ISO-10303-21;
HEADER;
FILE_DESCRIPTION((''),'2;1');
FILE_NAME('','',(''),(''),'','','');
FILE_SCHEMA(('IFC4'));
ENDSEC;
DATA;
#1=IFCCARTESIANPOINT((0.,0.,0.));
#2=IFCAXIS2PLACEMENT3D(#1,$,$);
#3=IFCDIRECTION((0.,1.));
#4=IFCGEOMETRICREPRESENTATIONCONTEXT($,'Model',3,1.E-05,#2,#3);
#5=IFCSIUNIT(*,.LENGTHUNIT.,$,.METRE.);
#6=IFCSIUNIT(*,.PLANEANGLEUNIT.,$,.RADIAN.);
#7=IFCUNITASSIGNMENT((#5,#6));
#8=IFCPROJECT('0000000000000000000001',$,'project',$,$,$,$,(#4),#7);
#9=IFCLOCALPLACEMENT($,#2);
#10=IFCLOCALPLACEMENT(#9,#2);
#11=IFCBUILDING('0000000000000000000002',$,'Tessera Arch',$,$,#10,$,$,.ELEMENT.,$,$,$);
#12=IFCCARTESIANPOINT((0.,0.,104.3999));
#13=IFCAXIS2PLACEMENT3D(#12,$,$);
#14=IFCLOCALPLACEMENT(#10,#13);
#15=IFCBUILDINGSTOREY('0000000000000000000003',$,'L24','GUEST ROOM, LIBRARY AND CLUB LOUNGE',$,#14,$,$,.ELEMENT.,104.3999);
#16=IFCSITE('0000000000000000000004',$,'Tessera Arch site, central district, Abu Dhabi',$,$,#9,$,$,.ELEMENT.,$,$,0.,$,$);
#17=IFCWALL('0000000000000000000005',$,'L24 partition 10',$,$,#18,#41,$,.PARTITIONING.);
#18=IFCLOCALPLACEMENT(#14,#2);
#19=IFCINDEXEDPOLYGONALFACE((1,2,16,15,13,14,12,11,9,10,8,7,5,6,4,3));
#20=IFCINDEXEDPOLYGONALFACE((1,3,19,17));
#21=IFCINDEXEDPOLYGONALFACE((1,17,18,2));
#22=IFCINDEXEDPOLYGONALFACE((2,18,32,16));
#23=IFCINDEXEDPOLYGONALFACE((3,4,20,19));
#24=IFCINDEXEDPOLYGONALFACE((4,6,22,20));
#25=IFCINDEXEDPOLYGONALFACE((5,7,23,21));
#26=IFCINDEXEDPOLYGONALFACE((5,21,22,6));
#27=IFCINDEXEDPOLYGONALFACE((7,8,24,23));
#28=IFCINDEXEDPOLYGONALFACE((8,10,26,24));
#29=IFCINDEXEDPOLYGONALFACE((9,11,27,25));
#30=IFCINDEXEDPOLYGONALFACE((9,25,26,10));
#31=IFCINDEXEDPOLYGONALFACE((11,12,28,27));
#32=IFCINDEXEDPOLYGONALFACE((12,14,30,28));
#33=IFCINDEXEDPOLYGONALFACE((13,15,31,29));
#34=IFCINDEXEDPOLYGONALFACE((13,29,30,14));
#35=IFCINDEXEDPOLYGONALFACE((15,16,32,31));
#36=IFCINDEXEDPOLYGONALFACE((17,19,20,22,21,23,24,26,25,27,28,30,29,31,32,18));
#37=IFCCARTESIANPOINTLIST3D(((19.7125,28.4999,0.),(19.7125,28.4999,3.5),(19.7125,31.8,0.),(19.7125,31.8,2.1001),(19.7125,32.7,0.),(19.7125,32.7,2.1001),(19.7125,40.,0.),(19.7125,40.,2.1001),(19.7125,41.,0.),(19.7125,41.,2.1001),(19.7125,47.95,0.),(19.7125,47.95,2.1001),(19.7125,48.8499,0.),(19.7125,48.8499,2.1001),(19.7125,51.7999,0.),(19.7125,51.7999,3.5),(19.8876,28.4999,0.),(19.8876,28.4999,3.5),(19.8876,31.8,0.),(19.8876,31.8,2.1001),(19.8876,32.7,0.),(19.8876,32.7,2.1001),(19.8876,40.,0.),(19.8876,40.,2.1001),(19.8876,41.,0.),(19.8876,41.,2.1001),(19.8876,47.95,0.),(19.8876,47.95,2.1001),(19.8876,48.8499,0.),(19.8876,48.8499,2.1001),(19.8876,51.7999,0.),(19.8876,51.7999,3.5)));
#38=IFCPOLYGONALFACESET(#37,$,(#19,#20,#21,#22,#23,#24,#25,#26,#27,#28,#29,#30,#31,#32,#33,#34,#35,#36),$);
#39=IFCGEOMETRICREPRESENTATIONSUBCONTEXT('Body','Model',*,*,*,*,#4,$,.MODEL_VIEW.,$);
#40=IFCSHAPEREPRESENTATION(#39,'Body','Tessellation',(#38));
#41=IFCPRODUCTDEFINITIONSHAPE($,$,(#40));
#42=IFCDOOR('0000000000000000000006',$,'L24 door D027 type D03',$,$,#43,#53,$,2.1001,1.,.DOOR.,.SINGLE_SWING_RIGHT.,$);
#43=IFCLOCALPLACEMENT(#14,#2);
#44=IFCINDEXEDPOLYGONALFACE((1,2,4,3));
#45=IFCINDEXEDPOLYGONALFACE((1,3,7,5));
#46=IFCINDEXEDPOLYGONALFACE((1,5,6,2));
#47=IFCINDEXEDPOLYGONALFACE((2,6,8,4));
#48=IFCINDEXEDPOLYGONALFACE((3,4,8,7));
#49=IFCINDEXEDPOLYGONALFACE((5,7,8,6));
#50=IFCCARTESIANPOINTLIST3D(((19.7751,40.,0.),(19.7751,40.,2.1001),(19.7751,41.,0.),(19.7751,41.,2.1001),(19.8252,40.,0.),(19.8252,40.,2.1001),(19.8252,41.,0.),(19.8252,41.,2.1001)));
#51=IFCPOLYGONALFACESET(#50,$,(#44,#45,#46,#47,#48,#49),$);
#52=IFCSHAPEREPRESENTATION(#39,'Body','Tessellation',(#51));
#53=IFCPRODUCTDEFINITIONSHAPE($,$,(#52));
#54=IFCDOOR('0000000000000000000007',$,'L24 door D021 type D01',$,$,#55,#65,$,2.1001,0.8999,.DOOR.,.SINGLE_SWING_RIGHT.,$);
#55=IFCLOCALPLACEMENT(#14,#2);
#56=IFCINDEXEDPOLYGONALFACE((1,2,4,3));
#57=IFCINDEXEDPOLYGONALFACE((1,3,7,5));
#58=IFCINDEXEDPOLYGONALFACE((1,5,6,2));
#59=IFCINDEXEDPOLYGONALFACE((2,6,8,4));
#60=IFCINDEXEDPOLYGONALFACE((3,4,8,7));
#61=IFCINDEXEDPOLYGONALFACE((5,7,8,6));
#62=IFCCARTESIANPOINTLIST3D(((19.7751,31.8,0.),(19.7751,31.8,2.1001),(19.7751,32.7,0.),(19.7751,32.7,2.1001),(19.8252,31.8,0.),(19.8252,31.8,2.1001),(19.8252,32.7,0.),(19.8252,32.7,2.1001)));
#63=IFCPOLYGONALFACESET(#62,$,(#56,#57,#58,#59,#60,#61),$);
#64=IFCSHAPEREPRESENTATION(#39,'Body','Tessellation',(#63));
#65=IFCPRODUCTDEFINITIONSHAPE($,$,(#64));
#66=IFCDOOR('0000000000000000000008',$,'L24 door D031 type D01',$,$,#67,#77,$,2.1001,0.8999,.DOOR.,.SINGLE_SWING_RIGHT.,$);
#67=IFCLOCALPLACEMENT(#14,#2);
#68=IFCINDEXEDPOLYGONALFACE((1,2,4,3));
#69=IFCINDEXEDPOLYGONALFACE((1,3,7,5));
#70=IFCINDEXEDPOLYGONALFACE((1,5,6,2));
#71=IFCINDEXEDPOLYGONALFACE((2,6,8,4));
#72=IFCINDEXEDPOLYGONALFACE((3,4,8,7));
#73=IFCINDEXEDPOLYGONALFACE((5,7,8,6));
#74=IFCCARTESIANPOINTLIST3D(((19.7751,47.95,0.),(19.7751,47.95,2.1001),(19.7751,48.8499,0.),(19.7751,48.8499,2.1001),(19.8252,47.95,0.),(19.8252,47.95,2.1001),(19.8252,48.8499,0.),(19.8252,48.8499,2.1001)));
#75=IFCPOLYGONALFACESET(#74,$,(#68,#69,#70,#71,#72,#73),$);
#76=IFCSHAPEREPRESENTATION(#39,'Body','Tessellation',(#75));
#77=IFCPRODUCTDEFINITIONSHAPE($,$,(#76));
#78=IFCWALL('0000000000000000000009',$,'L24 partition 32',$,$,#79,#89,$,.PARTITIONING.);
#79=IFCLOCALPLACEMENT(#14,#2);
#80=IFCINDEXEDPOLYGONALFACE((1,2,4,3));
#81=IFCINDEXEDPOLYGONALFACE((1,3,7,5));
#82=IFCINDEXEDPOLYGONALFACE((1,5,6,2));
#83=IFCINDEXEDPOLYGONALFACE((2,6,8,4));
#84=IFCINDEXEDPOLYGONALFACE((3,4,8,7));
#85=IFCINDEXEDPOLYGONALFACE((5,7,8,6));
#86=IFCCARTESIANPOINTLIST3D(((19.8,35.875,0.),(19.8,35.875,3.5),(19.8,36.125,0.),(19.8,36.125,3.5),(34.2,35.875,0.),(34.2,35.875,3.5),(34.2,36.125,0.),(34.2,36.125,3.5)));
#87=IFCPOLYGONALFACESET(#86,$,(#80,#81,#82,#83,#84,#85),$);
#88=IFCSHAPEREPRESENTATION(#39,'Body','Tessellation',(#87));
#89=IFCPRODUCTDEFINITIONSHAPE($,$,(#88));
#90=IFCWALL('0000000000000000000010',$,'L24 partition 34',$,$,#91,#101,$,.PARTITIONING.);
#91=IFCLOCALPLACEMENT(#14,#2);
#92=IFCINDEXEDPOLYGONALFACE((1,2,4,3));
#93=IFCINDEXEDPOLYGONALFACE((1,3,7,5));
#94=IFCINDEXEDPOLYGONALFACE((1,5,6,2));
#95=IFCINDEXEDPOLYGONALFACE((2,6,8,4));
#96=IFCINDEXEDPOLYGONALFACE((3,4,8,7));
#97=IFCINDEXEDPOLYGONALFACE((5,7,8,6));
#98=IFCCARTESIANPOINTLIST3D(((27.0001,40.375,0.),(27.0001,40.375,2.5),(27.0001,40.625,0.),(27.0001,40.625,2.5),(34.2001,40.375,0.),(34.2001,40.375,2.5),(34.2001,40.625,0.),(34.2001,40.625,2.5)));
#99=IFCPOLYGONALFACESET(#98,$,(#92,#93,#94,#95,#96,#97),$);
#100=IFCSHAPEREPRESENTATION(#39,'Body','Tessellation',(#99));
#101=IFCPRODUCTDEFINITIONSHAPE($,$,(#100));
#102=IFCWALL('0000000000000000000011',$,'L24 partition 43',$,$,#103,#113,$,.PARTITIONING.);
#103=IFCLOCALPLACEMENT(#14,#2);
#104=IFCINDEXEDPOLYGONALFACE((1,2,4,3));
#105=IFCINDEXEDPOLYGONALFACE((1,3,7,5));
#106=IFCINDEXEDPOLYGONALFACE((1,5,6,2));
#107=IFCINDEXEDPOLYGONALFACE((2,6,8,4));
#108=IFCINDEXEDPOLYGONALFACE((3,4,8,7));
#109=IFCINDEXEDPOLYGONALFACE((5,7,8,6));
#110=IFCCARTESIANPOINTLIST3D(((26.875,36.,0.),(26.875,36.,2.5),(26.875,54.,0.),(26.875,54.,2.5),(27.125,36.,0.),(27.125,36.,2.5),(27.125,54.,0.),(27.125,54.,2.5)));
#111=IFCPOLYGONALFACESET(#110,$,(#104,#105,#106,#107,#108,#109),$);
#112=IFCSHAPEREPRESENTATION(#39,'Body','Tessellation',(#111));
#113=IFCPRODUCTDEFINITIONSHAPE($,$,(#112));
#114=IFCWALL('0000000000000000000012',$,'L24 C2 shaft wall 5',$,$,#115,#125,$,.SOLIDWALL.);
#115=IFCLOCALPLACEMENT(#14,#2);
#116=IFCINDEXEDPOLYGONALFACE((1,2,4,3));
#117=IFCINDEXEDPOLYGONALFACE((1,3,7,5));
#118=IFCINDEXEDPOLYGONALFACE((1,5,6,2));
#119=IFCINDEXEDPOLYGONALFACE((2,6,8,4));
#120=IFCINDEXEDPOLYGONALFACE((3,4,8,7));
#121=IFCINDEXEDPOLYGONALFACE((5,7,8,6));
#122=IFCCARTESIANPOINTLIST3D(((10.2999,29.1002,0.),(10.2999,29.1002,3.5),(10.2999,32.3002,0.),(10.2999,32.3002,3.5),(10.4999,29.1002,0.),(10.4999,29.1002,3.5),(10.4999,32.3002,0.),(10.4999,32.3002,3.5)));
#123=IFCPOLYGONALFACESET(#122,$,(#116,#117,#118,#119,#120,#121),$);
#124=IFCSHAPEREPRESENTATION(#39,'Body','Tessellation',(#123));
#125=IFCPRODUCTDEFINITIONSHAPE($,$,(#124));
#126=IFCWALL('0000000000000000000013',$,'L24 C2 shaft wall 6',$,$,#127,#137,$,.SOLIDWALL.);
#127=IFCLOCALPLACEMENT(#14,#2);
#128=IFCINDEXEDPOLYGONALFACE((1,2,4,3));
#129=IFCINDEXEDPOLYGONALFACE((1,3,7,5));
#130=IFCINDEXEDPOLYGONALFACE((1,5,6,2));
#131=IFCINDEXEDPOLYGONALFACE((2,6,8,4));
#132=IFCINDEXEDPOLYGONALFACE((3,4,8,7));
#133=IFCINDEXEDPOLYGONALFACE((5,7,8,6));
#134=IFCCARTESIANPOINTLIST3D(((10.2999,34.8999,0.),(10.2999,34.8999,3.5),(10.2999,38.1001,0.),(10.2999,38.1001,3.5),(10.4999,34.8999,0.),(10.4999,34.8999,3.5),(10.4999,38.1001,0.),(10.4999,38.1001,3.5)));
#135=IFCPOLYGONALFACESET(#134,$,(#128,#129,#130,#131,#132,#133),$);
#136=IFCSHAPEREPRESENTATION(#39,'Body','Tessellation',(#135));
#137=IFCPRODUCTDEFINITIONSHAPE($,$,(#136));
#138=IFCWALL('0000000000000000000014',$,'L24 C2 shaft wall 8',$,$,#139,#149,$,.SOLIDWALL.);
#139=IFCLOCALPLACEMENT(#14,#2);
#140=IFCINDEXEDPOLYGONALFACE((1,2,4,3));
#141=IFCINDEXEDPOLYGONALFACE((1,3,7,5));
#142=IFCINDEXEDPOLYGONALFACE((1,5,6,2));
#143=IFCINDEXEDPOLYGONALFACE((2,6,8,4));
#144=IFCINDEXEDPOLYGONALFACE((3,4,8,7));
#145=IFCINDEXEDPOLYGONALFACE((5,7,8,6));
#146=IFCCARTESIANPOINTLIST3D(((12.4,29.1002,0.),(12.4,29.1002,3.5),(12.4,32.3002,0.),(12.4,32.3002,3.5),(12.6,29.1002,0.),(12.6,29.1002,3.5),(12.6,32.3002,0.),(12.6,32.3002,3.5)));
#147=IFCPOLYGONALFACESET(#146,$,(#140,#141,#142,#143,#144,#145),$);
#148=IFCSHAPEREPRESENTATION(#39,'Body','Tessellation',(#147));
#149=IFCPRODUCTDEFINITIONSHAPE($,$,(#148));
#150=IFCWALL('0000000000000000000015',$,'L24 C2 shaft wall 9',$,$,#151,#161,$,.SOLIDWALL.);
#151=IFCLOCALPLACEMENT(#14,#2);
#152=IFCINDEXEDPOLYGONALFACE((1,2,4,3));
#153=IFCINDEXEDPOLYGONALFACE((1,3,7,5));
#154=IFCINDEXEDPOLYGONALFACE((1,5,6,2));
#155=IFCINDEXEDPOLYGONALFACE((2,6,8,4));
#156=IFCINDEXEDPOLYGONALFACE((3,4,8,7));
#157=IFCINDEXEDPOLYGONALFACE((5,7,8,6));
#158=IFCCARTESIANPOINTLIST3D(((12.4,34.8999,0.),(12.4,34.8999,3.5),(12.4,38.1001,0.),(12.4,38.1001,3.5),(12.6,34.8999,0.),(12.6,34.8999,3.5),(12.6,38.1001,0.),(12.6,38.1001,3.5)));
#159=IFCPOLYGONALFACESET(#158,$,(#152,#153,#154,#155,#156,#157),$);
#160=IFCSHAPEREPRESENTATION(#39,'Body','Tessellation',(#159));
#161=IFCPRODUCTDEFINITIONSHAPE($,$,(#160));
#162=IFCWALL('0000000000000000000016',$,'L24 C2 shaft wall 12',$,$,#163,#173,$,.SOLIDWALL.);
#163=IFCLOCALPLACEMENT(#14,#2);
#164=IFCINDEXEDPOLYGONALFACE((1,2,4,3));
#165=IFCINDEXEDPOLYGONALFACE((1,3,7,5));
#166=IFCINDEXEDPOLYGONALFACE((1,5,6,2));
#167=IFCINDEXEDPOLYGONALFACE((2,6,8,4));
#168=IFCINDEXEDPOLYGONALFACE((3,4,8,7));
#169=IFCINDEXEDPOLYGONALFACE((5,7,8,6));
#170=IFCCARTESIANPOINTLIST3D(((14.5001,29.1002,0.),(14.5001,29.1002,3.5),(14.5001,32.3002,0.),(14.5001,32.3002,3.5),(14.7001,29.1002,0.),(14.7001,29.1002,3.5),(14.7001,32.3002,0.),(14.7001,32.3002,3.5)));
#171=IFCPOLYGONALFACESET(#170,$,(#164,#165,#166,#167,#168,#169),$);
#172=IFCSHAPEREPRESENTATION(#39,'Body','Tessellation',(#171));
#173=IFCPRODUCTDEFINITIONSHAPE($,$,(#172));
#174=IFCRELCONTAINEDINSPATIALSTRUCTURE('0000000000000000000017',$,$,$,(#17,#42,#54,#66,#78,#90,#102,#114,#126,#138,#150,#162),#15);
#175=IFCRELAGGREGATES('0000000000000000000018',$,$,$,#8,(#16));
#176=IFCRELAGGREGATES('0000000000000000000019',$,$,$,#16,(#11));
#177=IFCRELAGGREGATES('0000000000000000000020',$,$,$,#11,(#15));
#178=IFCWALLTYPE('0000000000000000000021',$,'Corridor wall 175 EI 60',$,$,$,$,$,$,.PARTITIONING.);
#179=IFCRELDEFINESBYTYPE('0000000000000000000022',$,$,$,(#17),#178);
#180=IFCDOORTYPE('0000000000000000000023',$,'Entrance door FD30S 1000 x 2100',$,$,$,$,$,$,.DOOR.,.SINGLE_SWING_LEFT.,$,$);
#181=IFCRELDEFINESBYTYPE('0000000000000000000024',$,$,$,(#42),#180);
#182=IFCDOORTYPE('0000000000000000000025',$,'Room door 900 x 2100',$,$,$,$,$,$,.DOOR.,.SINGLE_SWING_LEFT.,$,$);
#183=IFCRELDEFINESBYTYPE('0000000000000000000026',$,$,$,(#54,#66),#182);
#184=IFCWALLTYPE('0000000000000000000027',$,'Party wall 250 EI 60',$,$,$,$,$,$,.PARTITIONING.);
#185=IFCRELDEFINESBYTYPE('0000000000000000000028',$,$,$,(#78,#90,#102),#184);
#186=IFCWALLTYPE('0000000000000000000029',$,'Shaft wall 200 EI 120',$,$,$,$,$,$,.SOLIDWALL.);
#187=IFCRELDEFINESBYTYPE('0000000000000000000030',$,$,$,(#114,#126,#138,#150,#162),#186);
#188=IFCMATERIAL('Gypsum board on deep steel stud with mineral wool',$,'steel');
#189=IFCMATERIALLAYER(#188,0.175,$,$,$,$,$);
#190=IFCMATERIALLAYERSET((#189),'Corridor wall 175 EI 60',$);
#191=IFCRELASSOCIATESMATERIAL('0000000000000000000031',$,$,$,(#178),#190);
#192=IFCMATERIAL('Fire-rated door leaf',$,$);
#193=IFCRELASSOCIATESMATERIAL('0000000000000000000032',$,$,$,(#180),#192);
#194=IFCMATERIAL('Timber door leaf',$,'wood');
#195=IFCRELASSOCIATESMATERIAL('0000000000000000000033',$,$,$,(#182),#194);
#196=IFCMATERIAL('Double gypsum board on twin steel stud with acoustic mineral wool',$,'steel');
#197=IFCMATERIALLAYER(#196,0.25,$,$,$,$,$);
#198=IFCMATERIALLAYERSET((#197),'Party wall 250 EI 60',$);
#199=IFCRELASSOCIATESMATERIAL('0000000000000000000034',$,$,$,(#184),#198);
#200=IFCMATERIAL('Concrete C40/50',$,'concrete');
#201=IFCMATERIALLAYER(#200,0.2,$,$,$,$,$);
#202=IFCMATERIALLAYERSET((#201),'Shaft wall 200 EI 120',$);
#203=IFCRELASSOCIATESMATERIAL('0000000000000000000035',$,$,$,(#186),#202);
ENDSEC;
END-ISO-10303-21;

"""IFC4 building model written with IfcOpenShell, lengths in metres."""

from ifc_helpers import new_model, si_unit, direction, frame, frame_2d, origin, place, context, subcontext, project, spatial, rectangle, extrude, material, layer, layer_set, type_object, element, fill, save


model = new_model("IFC4")

# Units and contexts
model_context = context("Model", 3, precision=1e-05, world=origin(), true_north=direction((0.0, 1.0)))
body_context = subcontext(model_context, "Body", "Model", "MODEL_VIEW")
ifc_project = project(units=[si_unit("LENGTHUNIT", "METRE"), si_unit("PLANEANGLEUNIT", "RADIAN")], contexts=[model_context])

# Site, building, storey
site_placement = place(None, origin())
site = spatial("IfcSite", under=ifc_project, at=site_placement, Name="Tessera Arch site, central district, Abu Dhabi", CompositionType="ELEMENT", RefElevation=0.0)
building_placement = place(site_placement, origin())
building = spatial("IfcBuilding", under=site, at=building_placement, Name="Tessera Arch", CompositionType="ELEMENT")
storey_placement = place(building_placement, frame((0.0, 0.0, 104.3999)))
storey = spatial("IfcBuildingStorey", under=building, at=storey_placement, Name="L24", Description="GUEST ROOM, LIBRARY AND CLUB LOUNGE", CompositionType="ELEMENT", Elevation=104.3999)

# Shared definitions
ifc_material_1 = material(Name="Gypsum board on deep steel stud with mineral wool", Category="steel")
ifc_layer_1 = layer(ifc_material_1, 0.175)
ifc_layer_set_1 = layer_set([ifc_layer_1], Name="Corridor wall 175 EI 60")
wall_type_1 = type_object("IfcWallType", Name="Corridor wall 175 EI 60", PredefinedType="PARTITIONING", material=ifc_layer_set_1)

# Wall, openings, doors
wall_1_placement = place(storey_placement, frame((19.8, 28.5, 0.0), z_axis=(0.0, 0.0, 1.0), x_axis=(0.0, 1.0, 0.0)))
wall_1 = element("IfcWall", 1, at=wall_1_placement, inside=storey, type_object=wall_type_1, Name="L24 partition 10", PredefinedType="PARTITIONING", context=body_context, shape_type="SweptSolid", body=[
    extrude(rectangle(XDim=23.3, YDim=0.175, at=frame_2d((11.6499, 0.0))), origin(), (0.0, 0.0, 1.0), 3.5),
])
opening_1_placement = place(wall_1_placement, frame((3.3, 0.0, 0.0)))
opening_1 = element("IfcOpeningElement", 2, at=opening_1_placement, cuts=wall_1, PredefinedType="OPENING", context=body_context, shape_type="SweptSolid", body=[
    extrude(rectangle(XDim=0.8999, YDim=2.1001, at=frame_2d((0.45, 1.05))), frame((0.0, 0.0974, 0.0), z_axis=(0.0, -1.0, 0.0), x_axis=(1.0, 0.0, 0.0)), (0.0, 0.0, 1.0), 0.1951),
])
opening_2_placement = place(wall_1_placement, frame((11.5, 0.0, 0.0)))
opening_2 = element("IfcOpeningElement", 3, at=opening_2_placement, cuts=wall_1, PredefinedType="OPENING", context=body_context, shape_type="SweptSolid", body=[
    extrude(rectangle(XDim=1.0, YDim=2.1001, at=frame_2d((0.5, 1.05))), frame((0.0, 0.0974, 0.0), z_axis=(0.0, -1.0, 0.0), x_axis=(1.0, 0.0, 0.0)), (0.0, 0.0, 1.0), 0.1951),
])
opening_3_placement = place(wall_1_placement, frame((19.45, 0.0, 0.0)))
opening_3 = element("IfcOpeningElement", 4, at=opening_3_placement, cuts=wall_1, PredefinedType="OPENING", context=body_context, shape_type="SweptSolid", body=[
    extrude(rectangle(XDim=0.8999, YDim=2.1001, at=frame_2d((0.45, 1.05))), frame((0.0, 0.0974, 0.0), z_axis=(0.0, -1.0, 0.0), x_axis=(1.0, 0.0, 0.0)), (0.0, 0.0, 1.0), 0.1951),
])
ifc_material_2 = material(Name="Fire-rated door leaf")
door_type_1 = type_object("IfcDoorType", Name="Entrance door FD30S 1000 x 2100", OperationType="SINGLE_SWING_LEFT", PredefinedType="DOOR", material=ifc_material_2)
door_1_placement = place(opening_2_placement, origin())
door_1 = element("IfcDoor", 5, at=door_1_placement, inside=storey, type_object=door_type_1, Name="L24 door D027 type D03", OperationType="SINGLE_SWING_RIGHT", OverallHeight=2.1001, OverallWidth=1.0, PredefinedType="DOOR", context=body_context, shape_type="SweptSolid", body=[
    extrude(rectangle(XDim=1.0, YDim=2.1001, at=frame_2d((0.5, 1.05))), frame((0.0, 0.0249, 0.0), z_axis=(0.0, -1.0, 0.0), x_axis=(1.0, 0.0, 0.0)), (0.0, 0.0, 1.0), 0.05),
])
fill(opening_2, door_1)
ifc_material_3 = material(Name="Timber door leaf", Category="wood")
door_type_2 = type_object("IfcDoorType", Name="Room door 900 x 2100", OperationType="SINGLE_SWING_LEFT", PredefinedType="DOOR", material=ifc_material_3)
door_2_placement = place(opening_1_placement, origin())
door_2 = element("IfcDoor", 6, at=door_2_placement, inside=storey, type_object=door_type_2, Name="L24 door D021 type D01", OperationType="SINGLE_SWING_RIGHT", OverallHeight=2.1001, OverallWidth=0.8999, PredefinedType="DOOR", context=body_context, shape_type="SweptSolid", body=[
    extrude(rectangle(XDim=0.8999, YDim=2.1001, at=frame_2d((0.45, 1.05))), frame((0.0, 0.0249, 0.0), z_axis=(0.0, -1.0, 0.0), x_axis=(1.0, 0.0, 0.0)), (0.0, 0.0, 1.0), 0.05),
])
fill(opening_1, door_2)
door_3_placement = place(opening_3_placement, origin())
door_3 = element("IfcDoor", 7, at=door_3_placement, inside=storey, type_object=door_type_2, Name="L24 door D031 type D01", OperationType="SINGLE_SWING_RIGHT", OverallHeight=2.1001, OverallWidth=0.8999, PredefinedType="DOOR", context=body_context, shape_type="SweptSolid", body=[
    extrude(rectangle(XDim=0.8999, YDim=2.1001, at=frame_2d((0.45, 1.05))), frame((0.0, 0.0249, 0.0), z_axis=(0.0, -1.0, 0.0), x_axis=(1.0, 0.0, 0.0)), (0.0, 0.0, 1.0), 0.05),
])
fill(opening_3, door_3)

# Walls
ifc_material_4 = material(Name="Double gypsum board on twin steel stud with acoustic mineral wool", Category="steel")
ifc_layer_2 = layer(ifc_material_4, 0.25)
ifc_layer_set_2 = layer_set([ifc_layer_2], Name="Party wall 250 EI 60")
wall_type_2 = type_object("IfcWallType", Name="Party wall 250 EI 60", PredefinedType="PARTITIONING", material=ifc_layer_set_2)
wall_2_placement = place(storey_placement, frame((19.8, 36.0, 0.0), z_axis=(0.0, 0.0, 1.0), x_axis=(1.0, 0.0, 0.0)))
element("IfcWall", 8, at=wall_2_placement, inside=storey, type_object=wall_type_2, Name="L24 partition 32", PredefinedType="PARTITIONING", context=body_context, shape_type="SweptSolid", body=[
    extrude(rectangle(XDim=14.3999, YDim=0.25, at=frame_2d((7.2, 0.0))), origin(), (0.0, 0.0, 1.0), 3.5),
])
wall_3_placement = place(storey_placement, frame((27.0, 40.5, 0.0), z_axis=(0.0, 0.0, 1.0), x_axis=(1.0, 0.0, 0.0)))
element("IfcWall", 9, at=wall_3_placement, inside=storey, type_object=wall_type_2, Name="L24 partition 34", PredefinedType="PARTITIONING", context=body_context, shape_type="SweptSolid", body=[
    extrude(rectangle(XDim=7.2, YDim=0.25, at=frame_2d((3.6001, 0.0))), origin(), (0.0, 0.0, 1.0), 2.5),
])
wall_4_placement = place(storey_placement, frame((27.0, 36.0, 0.0), z_axis=(0.0, 0.0, 1.0), x_axis=(0.0, 1.0, 0.0)))
element("IfcWall", 10, at=wall_4_placement, inside=storey, type_object=wall_type_2, Name="L24 partition 43", PredefinedType="PARTITIONING", context=body_context, shape_type="SweptSolid", body=[
    extrude(rectangle(XDim=18.0, YDim=0.25, at=frame_2d((9.0, 0.0))), origin(), (0.0, 0.0, 1.0), 2.5),
])
ifc_material_5 = material(Name="Concrete C40/50", Category="concrete")
ifc_layer_3 = layer(ifc_material_5, 0.2)
ifc_layer_set_3 = layer_set([ifc_layer_3], Name="Shaft wall 200 EI 120")
wall_type_3 = type_object("IfcWallType", Name="Shaft wall 200 EI 120", PredefinedType="SOLIDWALL", material=ifc_layer_set_3)
wall_5_placement = place(storey_placement, frame((10.3999, 29.1001, 0.0), z_axis=(0.0, 0.0, 1.0), x_axis=(0.0, 1.0, 0.0)))
element("IfcWall", 11, at=wall_5_placement, inside=storey, type_object=wall_type_3, Name="L24 C2 shaft wall 5", PredefinedType="SOLIDWALL", context=body_context, shape_type="SweptSolid", body=[
    extrude(rectangle(XDim=3.2, YDim=0.2, at=frame_2d((1.6001, 0.0))), origin(), (0.0, 0.0, 1.0), 3.5),
])
wall_6_placement = place(storey_placement, frame((10.3999, 34.8999, 0.0), z_axis=(0.0, 0.0, 1.0), x_axis=(0.0, 1.0, 0.0)))
element("IfcWall", 12, at=wall_6_placement, inside=storey, type_object=wall_type_3, Name="L24 C2 shaft wall 6", PredefinedType="SOLIDWALL", context=body_context, shape_type="SweptSolid", body=[
    extrude(rectangle(XDim=3.2002, YDim=0.2, at=frame_2d((1.6001, 0.0))), origin(), (0.0, 0.0, 1.0), 3.5),
])
wall_7_placement = place(storey_placement, frame((12.5, 29.1001, 0.0), z_axis=(0.0, 0.0, 1.0), x_axis=(0.0, 1.0, 0.0)))
element("IfcWall", 13, at=wall_7_placement, inside=storey, type_object=wall_type_3, Name="L24 C2 shaft wall 8", PredefinedType="SOLIDWALL", context=body_context, shape_type="SweptSolid", body=[
    extrude(rectangle(XDim=3.2, YDim=0.2, at=frame_2d((1.6001, 0.0))), origin(), (0.0, 0.0, 1.0), 3.5),
])
wall_8_placement = place(storey_placement, frame((12.5, 34.8999, 0.0), z_axis=(0.0, 0.0, 1.0), x_axis=(0.0, 1.0, 0.0)))
element("IfcWall", 14, at=wall_8_placement, inside=storey, type_object=wall_type_3, Name="L24 C2 shaft wall 9", PredefinedType="SOLIDWALL", context=body_context, shape_type="SweptSolid", body=[
    extrude(rectangle(XDim=3.2002, YDim=0.2, at=frame_2d((1.6001, 0.0))), origin(), (0.0, 0.0, 1.0), 3.5),
])
wall_9_placement = place(storey_placement, frame((14.6001, 29.1001, 0.0), z_axis=(0.0, 0.0, 1.0), x_axis=(0.0, 1.0, 0.0)))
element("IfcWall", 15, at=wall_9_placement, inside=storey, type_object=wall_type_3, Name="L24 C2 shaft wall 12", PredefinedType="SOLIDWALL", context=body_context, shape_type="SweptSolid", body=[
    extrude(rectangle(XDim=3.2, YDim=0.2, at=frame_2d((1.6001, 0.0))), origin(), (0.0, 0.0, 1.0), 3.5),
])

save(model, "model.ifc")
